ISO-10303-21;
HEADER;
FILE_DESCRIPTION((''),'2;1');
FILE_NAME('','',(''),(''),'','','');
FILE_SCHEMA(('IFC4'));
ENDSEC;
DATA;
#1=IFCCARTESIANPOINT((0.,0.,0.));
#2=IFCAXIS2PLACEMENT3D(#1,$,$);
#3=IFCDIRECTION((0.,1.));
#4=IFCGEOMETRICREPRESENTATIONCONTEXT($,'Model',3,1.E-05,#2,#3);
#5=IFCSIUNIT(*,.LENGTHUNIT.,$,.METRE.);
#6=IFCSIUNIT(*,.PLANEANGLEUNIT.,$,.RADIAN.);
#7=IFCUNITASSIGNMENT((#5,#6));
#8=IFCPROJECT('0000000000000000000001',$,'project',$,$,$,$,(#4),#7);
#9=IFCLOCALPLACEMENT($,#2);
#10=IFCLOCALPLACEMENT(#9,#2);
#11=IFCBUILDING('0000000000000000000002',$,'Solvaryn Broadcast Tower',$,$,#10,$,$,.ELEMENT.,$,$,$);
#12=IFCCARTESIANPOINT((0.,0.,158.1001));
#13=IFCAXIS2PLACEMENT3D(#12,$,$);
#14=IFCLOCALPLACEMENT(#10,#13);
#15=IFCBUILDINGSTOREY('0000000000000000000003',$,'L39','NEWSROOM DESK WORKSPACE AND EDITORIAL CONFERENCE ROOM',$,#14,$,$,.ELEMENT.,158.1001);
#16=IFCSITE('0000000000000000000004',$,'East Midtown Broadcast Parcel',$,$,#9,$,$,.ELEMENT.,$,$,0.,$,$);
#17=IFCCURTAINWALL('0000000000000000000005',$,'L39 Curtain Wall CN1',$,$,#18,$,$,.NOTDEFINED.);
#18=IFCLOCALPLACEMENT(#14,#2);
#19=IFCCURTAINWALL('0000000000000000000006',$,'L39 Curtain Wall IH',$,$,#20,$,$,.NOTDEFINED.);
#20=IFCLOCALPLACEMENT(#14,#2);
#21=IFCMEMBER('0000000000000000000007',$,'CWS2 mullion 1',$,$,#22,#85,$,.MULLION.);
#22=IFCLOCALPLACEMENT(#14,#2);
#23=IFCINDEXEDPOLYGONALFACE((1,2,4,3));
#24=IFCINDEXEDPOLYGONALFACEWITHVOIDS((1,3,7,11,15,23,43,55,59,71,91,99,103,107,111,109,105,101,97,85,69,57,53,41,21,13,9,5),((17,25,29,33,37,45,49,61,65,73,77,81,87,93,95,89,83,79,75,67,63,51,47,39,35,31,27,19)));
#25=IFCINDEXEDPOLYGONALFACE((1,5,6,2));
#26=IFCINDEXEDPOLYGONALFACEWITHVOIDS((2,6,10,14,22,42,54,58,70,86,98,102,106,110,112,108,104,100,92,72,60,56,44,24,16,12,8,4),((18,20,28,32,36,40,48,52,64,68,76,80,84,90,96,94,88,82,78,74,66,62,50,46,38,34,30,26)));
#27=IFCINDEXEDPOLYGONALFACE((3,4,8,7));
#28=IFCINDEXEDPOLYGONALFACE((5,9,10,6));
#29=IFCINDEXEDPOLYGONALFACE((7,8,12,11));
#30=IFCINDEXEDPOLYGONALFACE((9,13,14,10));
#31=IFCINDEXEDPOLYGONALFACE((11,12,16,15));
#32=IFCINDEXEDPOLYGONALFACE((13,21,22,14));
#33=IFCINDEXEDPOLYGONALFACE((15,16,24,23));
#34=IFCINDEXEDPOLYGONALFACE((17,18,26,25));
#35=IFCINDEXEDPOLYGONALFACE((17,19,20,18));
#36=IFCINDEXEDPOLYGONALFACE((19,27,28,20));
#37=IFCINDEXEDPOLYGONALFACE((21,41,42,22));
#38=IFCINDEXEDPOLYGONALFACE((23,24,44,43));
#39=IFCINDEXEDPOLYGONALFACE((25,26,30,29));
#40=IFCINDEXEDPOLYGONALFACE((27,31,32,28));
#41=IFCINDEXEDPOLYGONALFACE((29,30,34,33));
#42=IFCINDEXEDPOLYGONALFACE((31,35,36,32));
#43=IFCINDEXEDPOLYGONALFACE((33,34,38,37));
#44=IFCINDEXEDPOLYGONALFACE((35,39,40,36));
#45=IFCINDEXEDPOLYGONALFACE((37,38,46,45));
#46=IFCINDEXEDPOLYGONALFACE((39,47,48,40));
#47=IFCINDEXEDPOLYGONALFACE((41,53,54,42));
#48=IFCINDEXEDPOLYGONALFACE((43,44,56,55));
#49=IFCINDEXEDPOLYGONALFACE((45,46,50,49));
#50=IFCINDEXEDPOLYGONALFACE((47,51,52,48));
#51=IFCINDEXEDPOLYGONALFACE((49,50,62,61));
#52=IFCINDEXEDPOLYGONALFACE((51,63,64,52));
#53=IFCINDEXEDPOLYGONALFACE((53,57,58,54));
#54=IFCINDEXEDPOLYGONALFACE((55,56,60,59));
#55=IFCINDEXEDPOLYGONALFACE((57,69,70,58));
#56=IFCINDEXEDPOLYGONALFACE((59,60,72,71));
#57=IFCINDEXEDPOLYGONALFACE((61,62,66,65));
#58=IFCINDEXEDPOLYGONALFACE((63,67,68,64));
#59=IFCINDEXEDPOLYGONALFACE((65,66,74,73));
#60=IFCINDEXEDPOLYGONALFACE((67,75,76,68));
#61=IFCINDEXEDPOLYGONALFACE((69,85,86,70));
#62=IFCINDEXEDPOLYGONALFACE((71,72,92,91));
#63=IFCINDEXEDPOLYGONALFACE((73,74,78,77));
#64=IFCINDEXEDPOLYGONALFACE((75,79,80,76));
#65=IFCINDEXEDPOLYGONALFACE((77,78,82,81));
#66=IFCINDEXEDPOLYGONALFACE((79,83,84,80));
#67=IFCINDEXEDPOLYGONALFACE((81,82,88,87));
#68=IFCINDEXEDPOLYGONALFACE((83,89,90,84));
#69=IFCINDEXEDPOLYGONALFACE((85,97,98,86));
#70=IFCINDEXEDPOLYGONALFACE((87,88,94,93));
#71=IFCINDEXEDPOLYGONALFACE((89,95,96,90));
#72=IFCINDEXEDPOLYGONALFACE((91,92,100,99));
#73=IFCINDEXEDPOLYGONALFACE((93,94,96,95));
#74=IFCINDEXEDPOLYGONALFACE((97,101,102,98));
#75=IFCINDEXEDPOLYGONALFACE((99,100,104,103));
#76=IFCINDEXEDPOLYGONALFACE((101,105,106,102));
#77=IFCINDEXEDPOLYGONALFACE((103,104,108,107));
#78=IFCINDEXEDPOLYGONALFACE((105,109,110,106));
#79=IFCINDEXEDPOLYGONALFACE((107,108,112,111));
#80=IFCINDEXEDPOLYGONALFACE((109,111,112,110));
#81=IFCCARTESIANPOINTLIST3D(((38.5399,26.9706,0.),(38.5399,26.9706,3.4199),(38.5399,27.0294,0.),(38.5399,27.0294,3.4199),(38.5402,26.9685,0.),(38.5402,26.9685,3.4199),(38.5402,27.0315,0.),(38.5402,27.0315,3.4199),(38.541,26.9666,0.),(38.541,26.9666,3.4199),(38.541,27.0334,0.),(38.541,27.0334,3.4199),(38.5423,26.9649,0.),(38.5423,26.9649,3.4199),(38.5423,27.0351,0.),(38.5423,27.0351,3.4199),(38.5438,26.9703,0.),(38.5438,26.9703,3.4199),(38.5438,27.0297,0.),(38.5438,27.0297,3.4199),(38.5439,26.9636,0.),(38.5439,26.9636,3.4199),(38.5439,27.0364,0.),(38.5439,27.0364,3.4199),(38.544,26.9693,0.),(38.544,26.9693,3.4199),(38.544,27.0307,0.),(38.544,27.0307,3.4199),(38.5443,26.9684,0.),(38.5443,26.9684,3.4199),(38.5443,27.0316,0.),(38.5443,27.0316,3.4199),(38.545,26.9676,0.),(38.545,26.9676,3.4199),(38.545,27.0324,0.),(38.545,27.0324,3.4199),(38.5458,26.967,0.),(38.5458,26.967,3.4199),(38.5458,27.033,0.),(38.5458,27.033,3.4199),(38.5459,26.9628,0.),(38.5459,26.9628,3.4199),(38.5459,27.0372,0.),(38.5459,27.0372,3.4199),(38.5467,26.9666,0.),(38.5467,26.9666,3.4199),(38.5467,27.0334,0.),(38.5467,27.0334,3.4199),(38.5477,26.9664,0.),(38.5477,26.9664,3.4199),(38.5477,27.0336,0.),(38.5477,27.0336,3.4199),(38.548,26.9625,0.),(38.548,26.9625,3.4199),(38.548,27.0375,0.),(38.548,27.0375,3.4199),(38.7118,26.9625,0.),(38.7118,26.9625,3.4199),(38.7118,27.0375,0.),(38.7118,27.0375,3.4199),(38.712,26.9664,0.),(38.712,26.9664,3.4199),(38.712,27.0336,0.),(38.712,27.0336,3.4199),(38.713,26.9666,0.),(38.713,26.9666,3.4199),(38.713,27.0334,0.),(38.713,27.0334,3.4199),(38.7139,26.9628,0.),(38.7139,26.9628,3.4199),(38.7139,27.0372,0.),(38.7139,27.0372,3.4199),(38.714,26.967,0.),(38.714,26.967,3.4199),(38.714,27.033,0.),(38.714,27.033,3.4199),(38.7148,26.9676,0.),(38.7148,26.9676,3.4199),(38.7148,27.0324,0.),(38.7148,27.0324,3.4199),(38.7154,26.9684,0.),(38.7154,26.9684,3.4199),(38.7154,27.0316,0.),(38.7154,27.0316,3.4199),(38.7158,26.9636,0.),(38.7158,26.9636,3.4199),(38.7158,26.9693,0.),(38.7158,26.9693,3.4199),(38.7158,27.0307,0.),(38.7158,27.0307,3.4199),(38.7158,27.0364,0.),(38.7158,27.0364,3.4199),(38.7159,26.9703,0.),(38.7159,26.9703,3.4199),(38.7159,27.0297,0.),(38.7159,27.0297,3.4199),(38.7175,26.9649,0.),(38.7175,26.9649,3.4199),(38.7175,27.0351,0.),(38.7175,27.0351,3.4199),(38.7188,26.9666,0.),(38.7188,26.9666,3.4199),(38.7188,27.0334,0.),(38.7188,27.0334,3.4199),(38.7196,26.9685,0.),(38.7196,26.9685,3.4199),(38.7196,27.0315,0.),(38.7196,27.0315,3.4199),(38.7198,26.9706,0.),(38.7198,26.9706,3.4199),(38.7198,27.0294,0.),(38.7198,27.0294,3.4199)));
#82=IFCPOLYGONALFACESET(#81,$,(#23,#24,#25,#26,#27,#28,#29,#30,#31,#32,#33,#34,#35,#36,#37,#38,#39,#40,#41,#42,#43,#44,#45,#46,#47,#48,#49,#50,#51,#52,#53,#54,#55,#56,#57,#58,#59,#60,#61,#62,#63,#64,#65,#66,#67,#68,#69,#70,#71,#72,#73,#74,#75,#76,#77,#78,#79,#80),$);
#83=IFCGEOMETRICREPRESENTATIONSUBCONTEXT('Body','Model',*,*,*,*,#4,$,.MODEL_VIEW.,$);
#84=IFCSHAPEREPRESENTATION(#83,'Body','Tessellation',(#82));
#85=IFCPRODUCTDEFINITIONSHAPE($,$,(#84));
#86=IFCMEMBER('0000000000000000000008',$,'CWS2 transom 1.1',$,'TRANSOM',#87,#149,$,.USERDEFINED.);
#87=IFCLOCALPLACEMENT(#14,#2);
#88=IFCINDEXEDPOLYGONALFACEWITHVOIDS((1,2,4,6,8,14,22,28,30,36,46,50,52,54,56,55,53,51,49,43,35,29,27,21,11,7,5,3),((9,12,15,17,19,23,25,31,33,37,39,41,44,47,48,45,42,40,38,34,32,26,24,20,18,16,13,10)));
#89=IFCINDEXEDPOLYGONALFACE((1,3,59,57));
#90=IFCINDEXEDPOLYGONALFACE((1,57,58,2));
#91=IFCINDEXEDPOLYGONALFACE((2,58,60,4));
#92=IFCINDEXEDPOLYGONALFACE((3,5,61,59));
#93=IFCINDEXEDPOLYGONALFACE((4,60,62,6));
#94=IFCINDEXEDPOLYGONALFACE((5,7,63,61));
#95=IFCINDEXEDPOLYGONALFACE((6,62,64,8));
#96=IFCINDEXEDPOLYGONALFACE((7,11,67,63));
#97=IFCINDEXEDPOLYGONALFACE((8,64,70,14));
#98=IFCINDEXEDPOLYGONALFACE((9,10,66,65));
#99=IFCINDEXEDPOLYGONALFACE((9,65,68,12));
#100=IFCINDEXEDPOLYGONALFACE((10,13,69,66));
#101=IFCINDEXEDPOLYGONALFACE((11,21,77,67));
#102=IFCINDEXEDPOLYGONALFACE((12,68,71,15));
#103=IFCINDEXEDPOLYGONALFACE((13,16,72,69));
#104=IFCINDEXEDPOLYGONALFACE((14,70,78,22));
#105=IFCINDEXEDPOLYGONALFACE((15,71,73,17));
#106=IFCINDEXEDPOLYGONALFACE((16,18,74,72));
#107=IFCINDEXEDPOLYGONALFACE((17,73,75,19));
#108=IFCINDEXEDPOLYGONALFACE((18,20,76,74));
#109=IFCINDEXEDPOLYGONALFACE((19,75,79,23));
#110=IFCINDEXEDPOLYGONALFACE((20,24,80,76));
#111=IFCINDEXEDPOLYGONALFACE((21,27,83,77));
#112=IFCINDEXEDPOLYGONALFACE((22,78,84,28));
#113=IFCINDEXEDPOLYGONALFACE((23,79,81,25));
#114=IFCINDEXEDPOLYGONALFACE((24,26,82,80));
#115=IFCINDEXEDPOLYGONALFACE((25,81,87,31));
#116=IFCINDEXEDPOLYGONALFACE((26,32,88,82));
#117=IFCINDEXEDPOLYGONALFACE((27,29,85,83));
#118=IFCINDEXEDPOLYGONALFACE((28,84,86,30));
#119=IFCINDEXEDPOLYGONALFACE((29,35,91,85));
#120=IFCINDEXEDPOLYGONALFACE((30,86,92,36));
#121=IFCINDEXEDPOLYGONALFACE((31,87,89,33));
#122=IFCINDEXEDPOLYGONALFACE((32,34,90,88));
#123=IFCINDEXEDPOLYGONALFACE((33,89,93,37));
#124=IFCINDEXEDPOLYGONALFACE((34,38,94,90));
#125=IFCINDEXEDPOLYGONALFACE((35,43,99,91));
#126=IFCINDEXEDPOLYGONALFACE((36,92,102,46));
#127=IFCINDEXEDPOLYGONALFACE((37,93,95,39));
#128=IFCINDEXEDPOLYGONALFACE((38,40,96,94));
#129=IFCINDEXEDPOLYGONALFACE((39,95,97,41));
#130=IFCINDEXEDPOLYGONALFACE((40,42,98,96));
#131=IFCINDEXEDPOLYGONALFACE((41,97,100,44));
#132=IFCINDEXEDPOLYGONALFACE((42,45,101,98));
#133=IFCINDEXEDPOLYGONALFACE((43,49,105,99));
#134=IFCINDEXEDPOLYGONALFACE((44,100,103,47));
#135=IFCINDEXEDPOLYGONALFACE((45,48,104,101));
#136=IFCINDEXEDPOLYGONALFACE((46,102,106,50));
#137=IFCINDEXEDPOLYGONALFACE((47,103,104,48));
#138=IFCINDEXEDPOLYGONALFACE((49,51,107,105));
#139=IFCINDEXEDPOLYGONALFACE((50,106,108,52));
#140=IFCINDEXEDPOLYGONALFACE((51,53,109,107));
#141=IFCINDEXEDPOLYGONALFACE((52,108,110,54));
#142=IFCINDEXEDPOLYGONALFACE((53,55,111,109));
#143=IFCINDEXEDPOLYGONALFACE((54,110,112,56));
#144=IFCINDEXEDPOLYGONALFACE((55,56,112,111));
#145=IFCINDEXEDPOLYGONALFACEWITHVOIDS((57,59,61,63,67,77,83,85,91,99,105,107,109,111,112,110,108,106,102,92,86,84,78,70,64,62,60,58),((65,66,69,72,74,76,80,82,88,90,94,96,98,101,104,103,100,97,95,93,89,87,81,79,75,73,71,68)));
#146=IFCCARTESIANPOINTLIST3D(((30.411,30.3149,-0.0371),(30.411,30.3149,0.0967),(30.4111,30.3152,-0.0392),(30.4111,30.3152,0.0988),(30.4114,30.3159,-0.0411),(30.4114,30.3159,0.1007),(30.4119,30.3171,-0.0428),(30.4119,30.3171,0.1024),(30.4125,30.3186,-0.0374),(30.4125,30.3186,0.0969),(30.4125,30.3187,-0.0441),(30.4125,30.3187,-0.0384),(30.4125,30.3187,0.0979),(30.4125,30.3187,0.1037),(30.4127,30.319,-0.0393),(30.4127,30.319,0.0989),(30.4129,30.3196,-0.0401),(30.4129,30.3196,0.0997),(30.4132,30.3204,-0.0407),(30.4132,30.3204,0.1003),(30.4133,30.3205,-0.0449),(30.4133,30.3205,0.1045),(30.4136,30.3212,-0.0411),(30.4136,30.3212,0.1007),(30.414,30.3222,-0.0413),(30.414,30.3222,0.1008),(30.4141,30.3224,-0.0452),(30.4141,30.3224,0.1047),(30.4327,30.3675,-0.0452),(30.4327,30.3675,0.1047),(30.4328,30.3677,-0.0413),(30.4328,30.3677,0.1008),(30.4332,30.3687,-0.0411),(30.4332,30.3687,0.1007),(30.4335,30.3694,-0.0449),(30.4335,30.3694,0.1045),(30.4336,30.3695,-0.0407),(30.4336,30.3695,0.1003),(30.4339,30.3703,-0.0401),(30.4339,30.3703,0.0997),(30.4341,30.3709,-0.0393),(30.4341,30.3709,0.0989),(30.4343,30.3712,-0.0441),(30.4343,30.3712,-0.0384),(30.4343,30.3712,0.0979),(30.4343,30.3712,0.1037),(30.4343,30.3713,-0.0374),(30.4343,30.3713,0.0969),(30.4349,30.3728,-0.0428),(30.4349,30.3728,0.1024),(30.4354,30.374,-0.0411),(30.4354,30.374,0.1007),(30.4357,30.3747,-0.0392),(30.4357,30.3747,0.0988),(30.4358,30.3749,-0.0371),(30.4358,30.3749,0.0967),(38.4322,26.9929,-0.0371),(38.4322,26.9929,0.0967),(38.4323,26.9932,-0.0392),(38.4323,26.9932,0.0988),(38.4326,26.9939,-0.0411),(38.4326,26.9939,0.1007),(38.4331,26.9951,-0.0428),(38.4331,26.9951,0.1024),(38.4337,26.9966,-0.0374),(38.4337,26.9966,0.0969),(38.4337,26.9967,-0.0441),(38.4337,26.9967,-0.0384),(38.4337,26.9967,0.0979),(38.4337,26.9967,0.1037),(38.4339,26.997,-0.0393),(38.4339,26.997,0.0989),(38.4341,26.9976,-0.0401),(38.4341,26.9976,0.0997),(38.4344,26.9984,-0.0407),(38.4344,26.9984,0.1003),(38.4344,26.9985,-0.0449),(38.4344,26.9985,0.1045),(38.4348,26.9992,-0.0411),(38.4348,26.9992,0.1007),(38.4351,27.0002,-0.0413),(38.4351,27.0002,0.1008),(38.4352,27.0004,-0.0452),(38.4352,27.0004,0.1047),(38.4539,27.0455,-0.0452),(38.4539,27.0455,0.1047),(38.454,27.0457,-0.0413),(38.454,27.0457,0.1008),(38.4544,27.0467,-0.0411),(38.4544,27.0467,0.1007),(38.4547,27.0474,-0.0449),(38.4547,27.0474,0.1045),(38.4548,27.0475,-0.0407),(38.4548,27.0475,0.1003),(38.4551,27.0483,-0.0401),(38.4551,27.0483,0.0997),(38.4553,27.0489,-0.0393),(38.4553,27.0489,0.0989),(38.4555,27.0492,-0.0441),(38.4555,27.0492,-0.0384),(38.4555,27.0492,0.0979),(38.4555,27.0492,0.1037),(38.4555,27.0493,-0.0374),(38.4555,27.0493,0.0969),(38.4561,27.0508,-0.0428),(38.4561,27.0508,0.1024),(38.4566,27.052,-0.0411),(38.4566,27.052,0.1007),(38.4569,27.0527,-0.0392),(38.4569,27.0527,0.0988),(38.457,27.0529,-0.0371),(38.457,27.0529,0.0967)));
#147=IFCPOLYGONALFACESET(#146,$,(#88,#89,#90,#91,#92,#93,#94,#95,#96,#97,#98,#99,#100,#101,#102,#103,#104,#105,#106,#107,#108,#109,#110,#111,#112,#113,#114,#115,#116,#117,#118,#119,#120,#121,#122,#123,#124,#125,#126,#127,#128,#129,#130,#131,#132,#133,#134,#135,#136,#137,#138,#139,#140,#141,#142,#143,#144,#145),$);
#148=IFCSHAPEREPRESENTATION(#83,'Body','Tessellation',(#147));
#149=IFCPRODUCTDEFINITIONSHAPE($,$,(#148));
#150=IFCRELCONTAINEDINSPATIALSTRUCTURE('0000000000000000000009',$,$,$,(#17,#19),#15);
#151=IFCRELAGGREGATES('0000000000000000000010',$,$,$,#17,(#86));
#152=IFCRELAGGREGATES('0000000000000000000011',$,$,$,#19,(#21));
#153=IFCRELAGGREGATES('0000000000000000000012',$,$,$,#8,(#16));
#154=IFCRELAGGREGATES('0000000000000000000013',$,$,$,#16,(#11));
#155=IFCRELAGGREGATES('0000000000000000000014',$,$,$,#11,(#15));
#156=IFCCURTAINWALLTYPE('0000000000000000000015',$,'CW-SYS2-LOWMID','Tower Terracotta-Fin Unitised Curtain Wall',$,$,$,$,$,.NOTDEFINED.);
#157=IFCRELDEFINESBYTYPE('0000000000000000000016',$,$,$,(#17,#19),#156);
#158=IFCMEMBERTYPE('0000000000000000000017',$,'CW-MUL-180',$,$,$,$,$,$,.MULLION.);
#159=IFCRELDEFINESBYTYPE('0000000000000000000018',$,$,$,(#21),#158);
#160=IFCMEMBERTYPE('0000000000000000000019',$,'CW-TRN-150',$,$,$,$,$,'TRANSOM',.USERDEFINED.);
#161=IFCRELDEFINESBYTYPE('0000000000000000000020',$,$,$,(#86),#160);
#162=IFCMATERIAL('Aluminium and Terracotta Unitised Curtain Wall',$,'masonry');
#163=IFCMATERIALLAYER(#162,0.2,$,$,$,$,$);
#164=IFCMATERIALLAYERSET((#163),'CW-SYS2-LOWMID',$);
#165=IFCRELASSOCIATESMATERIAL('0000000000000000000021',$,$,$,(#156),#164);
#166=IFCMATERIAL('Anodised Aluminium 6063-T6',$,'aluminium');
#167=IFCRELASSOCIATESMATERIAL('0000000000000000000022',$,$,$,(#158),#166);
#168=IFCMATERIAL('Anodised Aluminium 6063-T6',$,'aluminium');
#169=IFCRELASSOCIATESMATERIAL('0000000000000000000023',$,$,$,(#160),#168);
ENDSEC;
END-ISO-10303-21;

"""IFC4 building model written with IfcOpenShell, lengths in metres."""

from ifc_helpers import new_model, si_unit, direction, frame, origin, origin_2d, place, context, subcontext, project, spatial, hollow_rectangle, extrude, material, layer, layer_set, material_profile, profile_set, type_object, element, aggregate, save


model = new_model("IFC4")

# Units and contexts
model_context = context("Model", 3, precision=1e-05, world=origin(), true_north=direction((0.0, 1.0)))
body_context = subcontext(model_context, "Body", "Model", "MODEL_VIEW")
ifc_project = project(units=[si_unit("LENGTHUNIT", "METRE"), si_unit("PLANEANGLEUNIT", "RADIAN")], contexts=[model_context])

# Site, building, storey
site_placement = place(None, origin())
site = spatial("IfcSite", under=ifc_project, at=site_placement, Name="East Midtown Broadcast Parcel", CompositionType="ELEMENT", RefElevation=0.0)
building_placement = place(site_placement, origin())
building = spatial("IfcBuilding", under=site, at=building_placement, Name="Solvaryn Broadcast Tower", CompositionType="ELEMENT")
storey_placement = place(building_placement, frame((0.0, 0.0, 158.1001)))
storey = spatial("IfcBuildingStorey", under=building, at=storey_placement, Name="L39", Description="NEWSROOM DESK WORKSPACE AND EDITORIAL CONFERENCE ROOM", CompositionType="ELEMENT", Elevation=158.1001)

# Curtain walls, member
ifc_material_1 = material(Name="Aluminium and Terracotta Unitised Curtain Wall", Category="masonry")
ifc_layer_1 = layer(ifc_material_1, 0.2)
ifc_layer_set_1 = layer_set([ifc_layer_1], Name="CW-SYS2-LOWMID")
curtain_wall_type = type_object("IfcCurtainWallType", Name="CW-SYS2-LOWMID", Description="Tower Terracotta-Fin Unitised Curtain Wall", PredefinedType="NOTDEFINED", material=ifc_layer_set_1)
curtain_wall_1_placement = place(storey_placement, origin())
curtain_wall_1 = element("IfcCurtainWall", 1, at=curtain_wall_1_placement, inside=storey, type_object=curtain_wall_type, Name="L39 Curtain Wall CN1", PredefinedType="NOTDEFINED")
ifc_material_2 = material(Name="Anodised Aluminium 6063-T6", Category="aluminium")
ifc_material_profile_1 = material_profile(ifc_material_2, hollow_rectangle(XDim=0.075, YDim=0.1799, WallThickness=0.0039, InnerFilletRadius=0.0039, OuterFilletRadius=0.0081, at=origin_2d()))
ifc_profile_set_1 = profile_set([ifc_material_profile_1], Name="Anodised Aluminium 6063-T6")
member_type_1 = type_object("IfcMemberType", Name="CW-MUL-180", PredefinedType="MULLION", material=ifc_profile_set_1)
curtain_wall_2_placement = place(storey_placement, origin())
curtain_wall_2 = element("IfcCurtainWall", 2, at=curtain_wall_2_placement, inside=storey, type_object=curtain_wall_type, Name="L39 Curtain Wall IH", PredefinedType="NOTDEFINED")
member_1_placement = place(storey_placement, frame((38.6299, 27.0, 0.0), z_axis=(0.0, 0.0, 1.0), x_axis=(0.0, 1.0, 0.0)))
member_1 = element("IfcMember", 3, at=member_1_placement, type_object=member_type_1, Name="CWS2 mullion 1", PredefinedType="MULLION", context=body_context, shape_type="SweptSolid", body=[
    extrude(hollow_rectangle(XDim=0.075, YDim=0.1799, WallThickness=0.0039, InnerFilletRadius=0.0039, OuterFilletRadius=0.0081, at=origin_2d()), origin(), (0.0, 0.0, 1.0), 3.4199),
])

# Member
ifc_material_3 = material(Name="Anodised Aluminium 6063-T6", Category="aluminium")
ifc_material_profile_2 = material_profile(ifc_material_3, hollow_rectangle(XDim=0.0649, YDim=0.1499, WallThickness=0.0039, InnerFilletRadius=0.0039, OuterFilletRadius=0.0081, at=origin_2d()))
ifc_profile_set_2 = profile_set([ifc_material_profile_2], Name="Anodised Aluminium 6063-T6")
member_type_2 = type_object("IfcMemberType", Name="CW-TRN-150", ElementType="TRANSOM", PredefinedType="USERDEFINED", material=ifc_profile_set_2)
member_2_placement = place(storey_placement, frame((38.4446, 27.0229, 0.0298), z_axis=(-0.923899, 0.382636, 0.0), x_axis=(-0.382636, -0.923899, 0.0)))
member_2 = element("IfcMember", 4, at=member_2_placement, type_object=member_type_2, Name="CWS2 transom 1.1", ObjectType="TRANSOM", PredefinedType="USERDEFINED", context=body_context, shape_type="SweptSolid", body=[
    extrude(hollow_rectangle(XDim=0.0649, YDim=0.1499, WallThickness=0.0039, InnerFilletRadius=0.0039, OuterFilletRadius=0.0081, at=origin_2d()), origin(), (0.0, 0.0, 1.0), 8.6819),
])
aggregate(curtain_wall_1, [member_2])
aggregate(curtain_wall_2, [member_1])

save(model, "model.ifc")
